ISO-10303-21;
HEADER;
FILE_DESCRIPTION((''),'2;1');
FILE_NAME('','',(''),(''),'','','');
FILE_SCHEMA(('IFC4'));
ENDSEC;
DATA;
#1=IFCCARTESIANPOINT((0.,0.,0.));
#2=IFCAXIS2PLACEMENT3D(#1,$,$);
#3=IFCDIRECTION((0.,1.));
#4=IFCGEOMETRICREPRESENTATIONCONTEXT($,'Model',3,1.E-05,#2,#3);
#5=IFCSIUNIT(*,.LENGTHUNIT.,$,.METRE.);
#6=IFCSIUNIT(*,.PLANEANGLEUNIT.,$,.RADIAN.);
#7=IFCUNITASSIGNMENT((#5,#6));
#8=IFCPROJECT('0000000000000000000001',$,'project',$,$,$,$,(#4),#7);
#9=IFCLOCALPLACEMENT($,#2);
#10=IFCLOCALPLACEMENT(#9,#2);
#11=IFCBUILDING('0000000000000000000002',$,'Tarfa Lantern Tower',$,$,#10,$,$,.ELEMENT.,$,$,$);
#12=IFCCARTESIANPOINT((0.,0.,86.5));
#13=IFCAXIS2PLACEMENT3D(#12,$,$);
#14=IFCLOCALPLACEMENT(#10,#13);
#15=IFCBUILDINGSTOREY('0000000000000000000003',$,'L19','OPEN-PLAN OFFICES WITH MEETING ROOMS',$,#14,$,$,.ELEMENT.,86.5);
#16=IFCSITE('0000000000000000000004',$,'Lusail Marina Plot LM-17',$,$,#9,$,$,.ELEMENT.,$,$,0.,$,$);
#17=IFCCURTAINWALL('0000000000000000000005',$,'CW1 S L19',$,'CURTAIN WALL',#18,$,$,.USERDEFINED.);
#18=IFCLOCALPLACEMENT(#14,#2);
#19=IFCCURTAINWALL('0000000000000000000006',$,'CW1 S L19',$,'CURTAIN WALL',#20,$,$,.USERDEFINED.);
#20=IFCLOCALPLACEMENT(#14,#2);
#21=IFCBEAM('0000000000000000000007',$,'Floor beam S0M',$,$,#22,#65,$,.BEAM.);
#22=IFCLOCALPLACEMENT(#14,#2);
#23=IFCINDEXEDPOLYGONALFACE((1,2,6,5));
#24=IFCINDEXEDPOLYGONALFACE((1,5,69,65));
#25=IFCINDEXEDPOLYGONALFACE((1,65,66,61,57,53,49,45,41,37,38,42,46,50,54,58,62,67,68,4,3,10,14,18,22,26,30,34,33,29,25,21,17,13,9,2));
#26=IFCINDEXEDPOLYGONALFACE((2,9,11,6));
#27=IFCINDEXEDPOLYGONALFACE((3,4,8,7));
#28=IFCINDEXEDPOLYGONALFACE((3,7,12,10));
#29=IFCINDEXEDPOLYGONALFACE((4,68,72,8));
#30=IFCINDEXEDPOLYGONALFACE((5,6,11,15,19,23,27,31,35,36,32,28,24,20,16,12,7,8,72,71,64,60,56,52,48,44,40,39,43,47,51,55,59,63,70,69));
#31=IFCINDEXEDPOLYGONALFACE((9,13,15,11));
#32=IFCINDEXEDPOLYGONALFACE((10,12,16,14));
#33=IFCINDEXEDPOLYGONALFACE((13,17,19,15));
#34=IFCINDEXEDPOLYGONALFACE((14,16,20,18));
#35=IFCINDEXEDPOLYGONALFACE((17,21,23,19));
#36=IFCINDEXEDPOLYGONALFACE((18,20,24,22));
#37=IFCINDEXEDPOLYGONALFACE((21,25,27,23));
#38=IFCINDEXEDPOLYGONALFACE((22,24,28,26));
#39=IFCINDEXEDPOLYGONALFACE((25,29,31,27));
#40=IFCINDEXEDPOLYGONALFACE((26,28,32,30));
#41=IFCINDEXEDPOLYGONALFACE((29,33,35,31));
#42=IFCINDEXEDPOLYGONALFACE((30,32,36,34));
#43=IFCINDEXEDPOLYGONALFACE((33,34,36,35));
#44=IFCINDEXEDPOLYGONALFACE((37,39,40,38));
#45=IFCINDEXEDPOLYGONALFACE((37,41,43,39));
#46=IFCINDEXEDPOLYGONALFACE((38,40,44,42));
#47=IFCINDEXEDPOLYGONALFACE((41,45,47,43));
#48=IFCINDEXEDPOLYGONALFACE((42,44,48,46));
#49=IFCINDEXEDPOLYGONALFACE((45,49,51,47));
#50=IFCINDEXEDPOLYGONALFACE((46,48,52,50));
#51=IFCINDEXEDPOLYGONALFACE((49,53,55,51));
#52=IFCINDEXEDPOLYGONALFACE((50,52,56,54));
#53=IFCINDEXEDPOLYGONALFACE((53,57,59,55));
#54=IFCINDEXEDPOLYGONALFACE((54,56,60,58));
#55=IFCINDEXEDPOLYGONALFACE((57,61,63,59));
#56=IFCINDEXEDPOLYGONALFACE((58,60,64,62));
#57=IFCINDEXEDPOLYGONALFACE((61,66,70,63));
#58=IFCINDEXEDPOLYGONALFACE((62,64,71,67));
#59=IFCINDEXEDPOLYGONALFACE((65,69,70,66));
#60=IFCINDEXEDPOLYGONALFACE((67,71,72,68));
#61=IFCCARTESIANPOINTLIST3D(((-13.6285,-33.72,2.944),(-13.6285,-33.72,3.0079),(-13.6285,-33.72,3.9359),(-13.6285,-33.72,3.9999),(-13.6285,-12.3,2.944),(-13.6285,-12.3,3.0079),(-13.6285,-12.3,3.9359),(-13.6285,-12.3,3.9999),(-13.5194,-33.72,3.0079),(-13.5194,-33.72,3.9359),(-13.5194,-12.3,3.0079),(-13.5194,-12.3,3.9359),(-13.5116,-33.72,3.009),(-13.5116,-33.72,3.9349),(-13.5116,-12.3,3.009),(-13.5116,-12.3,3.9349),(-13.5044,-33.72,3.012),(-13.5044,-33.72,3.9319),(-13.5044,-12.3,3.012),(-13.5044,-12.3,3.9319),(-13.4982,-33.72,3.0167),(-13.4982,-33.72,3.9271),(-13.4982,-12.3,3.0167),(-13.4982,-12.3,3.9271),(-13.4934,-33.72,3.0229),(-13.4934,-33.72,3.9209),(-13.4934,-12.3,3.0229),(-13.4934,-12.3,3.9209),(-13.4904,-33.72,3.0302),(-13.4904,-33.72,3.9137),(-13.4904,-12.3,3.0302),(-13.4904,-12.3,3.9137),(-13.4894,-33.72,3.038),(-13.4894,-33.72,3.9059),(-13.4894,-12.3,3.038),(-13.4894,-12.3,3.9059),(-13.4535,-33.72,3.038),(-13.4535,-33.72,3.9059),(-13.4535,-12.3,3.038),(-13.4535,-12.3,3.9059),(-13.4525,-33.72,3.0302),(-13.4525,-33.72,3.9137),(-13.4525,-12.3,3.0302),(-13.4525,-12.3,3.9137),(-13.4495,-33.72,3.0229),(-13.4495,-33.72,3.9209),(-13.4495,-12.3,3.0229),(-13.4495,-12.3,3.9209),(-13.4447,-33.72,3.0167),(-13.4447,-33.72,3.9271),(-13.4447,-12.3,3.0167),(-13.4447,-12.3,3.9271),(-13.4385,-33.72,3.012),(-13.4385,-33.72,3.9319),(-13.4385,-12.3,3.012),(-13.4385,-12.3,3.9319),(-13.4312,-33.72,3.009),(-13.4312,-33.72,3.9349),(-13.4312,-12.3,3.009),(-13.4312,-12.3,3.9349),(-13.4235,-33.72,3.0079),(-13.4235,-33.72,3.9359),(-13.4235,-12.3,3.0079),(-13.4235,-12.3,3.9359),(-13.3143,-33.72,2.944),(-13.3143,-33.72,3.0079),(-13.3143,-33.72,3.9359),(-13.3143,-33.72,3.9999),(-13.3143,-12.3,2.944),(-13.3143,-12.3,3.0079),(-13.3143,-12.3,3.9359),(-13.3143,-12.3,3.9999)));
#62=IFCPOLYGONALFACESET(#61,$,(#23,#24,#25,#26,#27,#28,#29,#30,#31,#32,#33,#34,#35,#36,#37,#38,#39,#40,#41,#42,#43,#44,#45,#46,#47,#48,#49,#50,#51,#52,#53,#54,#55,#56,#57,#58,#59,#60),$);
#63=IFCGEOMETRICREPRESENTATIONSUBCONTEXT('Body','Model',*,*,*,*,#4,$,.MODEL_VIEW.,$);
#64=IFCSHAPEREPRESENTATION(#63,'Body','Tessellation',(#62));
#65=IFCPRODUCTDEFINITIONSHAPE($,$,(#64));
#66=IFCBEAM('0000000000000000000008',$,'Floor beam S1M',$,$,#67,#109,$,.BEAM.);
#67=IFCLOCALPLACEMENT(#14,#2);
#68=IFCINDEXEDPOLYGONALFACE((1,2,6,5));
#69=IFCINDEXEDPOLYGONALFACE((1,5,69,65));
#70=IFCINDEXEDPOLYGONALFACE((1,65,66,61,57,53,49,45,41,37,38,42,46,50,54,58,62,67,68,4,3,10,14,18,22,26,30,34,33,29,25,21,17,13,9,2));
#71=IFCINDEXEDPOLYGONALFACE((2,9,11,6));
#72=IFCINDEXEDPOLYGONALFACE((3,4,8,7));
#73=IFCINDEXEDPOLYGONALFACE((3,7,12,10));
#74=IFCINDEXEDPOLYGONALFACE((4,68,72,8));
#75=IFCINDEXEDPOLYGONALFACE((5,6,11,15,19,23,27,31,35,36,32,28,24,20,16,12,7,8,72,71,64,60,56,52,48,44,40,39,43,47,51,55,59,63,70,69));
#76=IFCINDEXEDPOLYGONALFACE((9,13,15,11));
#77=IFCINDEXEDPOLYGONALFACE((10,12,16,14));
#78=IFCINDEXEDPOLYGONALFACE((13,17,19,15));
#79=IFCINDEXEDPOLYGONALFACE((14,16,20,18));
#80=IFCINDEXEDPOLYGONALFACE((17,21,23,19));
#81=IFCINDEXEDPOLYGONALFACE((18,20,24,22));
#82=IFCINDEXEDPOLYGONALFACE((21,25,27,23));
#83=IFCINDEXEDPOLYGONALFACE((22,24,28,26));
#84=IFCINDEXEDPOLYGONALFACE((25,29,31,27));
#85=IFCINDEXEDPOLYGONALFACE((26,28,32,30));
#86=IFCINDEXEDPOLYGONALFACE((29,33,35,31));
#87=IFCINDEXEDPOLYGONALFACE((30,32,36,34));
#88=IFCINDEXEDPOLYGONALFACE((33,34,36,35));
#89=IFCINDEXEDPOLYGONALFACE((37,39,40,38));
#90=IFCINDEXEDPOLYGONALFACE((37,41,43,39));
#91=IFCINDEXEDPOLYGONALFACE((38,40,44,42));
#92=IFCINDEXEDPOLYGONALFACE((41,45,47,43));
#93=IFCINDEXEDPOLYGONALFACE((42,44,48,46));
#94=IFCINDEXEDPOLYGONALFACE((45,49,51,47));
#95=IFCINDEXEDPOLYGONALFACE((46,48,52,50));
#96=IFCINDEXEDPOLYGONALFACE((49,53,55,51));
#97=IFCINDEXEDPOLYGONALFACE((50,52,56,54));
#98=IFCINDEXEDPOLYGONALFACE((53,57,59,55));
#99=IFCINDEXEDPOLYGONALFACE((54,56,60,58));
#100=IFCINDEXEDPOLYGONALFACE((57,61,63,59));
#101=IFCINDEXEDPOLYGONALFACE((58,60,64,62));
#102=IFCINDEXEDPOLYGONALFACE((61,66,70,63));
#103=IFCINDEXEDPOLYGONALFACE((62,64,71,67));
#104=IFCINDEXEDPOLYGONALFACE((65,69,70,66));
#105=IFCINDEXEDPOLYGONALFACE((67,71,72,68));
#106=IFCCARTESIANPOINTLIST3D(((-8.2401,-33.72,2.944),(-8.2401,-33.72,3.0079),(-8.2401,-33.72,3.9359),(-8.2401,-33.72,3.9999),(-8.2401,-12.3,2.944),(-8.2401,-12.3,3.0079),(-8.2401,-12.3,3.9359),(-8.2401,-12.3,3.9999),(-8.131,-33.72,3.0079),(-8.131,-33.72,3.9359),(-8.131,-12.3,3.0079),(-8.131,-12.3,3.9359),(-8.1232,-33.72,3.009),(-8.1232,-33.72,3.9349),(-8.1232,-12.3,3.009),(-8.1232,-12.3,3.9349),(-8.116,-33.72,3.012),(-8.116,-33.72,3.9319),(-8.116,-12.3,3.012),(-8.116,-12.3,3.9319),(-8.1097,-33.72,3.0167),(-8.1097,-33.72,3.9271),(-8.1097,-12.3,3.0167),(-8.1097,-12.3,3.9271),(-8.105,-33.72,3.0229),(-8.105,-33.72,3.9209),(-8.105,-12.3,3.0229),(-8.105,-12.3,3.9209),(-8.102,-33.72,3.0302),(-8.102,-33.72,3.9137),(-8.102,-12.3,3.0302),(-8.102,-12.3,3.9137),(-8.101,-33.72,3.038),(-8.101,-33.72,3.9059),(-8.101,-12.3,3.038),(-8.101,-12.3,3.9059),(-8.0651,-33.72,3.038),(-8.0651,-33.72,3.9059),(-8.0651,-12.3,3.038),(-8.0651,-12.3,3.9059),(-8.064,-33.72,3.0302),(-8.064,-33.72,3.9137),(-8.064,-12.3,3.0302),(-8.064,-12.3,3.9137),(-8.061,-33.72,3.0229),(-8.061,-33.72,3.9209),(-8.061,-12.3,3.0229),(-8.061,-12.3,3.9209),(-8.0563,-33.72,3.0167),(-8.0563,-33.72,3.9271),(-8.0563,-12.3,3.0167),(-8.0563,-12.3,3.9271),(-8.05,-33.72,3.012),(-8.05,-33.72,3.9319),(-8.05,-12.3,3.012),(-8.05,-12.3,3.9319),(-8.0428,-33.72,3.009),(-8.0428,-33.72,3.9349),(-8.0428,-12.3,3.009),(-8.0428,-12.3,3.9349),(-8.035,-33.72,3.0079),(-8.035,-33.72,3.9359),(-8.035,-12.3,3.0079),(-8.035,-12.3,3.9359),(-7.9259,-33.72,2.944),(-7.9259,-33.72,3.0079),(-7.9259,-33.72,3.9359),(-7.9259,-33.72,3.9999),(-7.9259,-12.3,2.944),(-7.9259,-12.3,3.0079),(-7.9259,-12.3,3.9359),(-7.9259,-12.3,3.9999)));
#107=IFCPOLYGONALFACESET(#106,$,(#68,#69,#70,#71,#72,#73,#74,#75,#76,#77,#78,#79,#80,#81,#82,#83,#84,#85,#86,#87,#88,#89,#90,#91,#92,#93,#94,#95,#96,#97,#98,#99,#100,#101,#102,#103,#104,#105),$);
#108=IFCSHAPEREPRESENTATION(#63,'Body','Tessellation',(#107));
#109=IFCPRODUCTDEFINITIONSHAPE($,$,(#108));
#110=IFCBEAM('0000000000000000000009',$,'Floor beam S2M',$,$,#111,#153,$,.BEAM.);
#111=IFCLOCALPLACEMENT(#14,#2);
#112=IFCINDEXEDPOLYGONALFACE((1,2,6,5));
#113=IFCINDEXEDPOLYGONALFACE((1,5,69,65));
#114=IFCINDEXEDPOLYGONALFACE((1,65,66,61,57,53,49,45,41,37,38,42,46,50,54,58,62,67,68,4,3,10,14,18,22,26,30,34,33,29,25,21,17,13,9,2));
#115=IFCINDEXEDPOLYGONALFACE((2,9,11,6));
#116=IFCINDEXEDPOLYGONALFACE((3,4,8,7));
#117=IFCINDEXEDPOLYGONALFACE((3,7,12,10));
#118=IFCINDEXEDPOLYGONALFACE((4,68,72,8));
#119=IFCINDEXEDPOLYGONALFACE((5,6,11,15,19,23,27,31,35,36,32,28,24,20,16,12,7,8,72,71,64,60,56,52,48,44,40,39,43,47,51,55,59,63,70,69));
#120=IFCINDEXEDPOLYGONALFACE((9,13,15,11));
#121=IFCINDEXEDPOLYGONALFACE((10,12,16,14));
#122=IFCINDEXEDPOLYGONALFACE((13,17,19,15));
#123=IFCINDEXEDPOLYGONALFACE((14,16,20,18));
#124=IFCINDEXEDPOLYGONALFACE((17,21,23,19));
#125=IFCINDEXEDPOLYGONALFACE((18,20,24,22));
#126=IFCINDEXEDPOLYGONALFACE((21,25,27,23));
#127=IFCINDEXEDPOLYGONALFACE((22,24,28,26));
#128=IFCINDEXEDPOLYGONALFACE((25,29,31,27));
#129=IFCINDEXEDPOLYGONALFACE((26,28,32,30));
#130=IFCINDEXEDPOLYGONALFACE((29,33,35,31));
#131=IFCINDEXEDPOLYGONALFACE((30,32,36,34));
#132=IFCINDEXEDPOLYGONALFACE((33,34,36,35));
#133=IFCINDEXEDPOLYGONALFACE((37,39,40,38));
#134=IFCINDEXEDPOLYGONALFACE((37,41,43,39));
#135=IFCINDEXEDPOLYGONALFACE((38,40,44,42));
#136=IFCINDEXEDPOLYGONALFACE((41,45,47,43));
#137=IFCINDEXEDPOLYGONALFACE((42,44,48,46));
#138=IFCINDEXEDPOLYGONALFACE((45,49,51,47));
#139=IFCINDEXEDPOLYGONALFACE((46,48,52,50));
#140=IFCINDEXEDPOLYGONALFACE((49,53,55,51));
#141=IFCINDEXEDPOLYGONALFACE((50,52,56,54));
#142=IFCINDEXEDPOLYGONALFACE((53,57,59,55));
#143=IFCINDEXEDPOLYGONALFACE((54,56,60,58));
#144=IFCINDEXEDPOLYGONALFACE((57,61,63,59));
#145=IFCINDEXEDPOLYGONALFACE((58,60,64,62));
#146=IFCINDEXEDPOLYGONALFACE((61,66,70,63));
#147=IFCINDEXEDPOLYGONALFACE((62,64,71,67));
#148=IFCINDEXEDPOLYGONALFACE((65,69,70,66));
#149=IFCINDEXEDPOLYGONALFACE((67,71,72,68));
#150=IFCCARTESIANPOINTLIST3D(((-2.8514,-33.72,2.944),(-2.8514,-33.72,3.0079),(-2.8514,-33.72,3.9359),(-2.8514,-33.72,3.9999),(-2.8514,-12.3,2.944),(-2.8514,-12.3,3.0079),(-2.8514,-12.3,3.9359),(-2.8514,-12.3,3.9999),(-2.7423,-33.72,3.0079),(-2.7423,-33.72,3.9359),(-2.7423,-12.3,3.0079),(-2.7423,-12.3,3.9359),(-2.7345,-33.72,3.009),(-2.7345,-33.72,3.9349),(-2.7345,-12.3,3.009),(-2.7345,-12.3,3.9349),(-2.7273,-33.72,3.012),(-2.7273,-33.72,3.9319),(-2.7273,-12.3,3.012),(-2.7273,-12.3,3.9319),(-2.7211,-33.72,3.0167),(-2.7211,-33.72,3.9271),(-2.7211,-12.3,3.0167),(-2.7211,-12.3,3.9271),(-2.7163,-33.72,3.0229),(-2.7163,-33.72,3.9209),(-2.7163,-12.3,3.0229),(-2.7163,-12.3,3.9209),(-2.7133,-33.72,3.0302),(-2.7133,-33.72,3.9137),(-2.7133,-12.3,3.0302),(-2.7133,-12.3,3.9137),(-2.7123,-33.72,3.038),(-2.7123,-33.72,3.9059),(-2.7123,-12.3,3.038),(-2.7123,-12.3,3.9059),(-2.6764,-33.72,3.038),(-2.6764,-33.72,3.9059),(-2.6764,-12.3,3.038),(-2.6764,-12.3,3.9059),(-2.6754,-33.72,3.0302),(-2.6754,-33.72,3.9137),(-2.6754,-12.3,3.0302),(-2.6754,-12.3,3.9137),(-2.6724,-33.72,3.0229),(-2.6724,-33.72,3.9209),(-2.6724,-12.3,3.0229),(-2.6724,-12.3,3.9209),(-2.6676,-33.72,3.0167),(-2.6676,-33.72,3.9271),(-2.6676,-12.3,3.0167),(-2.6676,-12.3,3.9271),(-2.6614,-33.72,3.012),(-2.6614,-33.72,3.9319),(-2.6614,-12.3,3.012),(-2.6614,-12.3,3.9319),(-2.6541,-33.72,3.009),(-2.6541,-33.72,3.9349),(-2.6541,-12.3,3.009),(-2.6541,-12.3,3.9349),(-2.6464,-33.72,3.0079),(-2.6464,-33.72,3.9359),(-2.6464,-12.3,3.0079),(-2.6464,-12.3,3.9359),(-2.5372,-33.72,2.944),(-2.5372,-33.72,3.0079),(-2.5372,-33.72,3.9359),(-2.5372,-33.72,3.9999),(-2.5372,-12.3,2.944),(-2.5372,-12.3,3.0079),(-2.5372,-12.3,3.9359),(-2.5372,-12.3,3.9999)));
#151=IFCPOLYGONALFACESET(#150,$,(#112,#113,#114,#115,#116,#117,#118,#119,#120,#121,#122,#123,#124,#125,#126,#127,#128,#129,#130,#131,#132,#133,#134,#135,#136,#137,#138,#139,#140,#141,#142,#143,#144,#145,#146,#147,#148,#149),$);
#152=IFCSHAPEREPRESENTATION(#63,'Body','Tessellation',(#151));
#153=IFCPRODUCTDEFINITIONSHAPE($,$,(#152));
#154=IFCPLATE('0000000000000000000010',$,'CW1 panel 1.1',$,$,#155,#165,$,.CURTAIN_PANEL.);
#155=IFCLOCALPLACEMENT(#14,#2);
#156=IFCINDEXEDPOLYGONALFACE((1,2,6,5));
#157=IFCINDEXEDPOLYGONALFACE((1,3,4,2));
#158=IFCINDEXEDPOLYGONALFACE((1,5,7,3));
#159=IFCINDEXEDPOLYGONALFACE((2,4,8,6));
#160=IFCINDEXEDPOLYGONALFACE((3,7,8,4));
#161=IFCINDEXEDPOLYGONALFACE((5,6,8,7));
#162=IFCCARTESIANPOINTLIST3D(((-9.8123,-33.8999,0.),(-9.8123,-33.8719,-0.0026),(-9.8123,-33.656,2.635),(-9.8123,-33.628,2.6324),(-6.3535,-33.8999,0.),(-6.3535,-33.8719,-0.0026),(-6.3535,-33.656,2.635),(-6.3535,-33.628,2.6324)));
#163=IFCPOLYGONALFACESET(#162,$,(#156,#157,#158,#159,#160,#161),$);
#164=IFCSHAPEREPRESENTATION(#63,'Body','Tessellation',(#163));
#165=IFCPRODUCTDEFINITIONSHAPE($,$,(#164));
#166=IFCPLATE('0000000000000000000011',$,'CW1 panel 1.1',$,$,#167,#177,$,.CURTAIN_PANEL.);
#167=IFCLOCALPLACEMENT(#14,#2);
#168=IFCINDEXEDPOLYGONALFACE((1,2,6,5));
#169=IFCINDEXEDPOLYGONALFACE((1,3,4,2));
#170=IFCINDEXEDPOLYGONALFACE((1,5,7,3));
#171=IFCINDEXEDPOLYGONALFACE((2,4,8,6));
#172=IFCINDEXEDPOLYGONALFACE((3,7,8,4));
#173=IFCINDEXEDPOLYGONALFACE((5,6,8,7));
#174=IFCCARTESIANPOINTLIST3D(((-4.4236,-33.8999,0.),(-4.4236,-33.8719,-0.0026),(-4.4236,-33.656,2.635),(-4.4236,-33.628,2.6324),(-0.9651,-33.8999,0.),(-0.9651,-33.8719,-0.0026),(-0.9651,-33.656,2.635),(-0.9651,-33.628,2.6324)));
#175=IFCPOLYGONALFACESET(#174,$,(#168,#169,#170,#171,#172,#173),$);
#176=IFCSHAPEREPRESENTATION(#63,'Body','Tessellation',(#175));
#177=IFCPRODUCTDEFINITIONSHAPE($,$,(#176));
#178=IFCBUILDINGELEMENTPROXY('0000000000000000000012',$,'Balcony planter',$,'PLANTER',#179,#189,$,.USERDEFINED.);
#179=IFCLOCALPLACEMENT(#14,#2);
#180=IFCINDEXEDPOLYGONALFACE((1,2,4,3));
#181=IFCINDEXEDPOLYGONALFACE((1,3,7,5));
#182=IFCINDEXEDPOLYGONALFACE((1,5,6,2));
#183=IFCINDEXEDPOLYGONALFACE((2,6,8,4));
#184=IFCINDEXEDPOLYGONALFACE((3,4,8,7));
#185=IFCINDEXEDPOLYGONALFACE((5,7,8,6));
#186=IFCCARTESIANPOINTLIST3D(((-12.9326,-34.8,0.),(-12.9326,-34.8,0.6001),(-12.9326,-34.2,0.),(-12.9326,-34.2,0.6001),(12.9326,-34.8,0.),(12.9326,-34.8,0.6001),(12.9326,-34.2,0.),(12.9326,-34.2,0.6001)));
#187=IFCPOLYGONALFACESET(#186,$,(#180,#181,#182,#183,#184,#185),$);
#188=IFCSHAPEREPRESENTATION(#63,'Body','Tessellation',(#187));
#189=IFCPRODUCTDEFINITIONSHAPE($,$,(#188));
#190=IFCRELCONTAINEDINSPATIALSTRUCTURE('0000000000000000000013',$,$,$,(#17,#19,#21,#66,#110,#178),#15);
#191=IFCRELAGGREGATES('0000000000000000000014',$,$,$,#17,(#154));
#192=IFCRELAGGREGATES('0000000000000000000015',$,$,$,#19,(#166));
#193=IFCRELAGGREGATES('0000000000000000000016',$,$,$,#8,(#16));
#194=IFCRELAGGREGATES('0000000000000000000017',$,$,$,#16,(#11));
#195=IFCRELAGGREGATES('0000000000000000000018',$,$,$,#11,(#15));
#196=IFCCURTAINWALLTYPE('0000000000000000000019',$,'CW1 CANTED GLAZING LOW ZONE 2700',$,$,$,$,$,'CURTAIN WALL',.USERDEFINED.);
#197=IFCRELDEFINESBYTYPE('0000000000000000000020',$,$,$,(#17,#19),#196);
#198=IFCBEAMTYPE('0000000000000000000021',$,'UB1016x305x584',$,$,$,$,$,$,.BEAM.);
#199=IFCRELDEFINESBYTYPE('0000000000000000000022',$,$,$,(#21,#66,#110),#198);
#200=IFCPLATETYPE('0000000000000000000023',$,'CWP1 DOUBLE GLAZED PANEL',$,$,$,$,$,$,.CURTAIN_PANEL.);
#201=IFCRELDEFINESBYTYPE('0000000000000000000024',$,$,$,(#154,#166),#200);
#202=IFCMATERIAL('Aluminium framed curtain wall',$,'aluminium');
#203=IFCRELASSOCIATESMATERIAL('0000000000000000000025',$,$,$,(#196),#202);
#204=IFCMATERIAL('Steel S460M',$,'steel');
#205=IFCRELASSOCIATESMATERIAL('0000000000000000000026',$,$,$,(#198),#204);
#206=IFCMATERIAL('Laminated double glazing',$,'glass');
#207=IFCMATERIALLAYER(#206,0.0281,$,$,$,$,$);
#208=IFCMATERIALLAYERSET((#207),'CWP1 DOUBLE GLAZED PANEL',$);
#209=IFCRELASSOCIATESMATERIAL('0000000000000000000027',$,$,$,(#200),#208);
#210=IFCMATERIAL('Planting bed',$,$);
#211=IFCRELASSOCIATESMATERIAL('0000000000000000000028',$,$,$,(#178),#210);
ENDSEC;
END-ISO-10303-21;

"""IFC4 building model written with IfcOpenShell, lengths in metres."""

from ifc_helpers import new_model, si_unit, direction, frame, origin, origin_2d, place, context, subcontext, project, spatial, polyline, rectangle, i_section, outline, extrude, material, layer, layer_set, material_profile, profile_set, type_object, element, aggregate, save


model = new_model("IFC4")

# Units and contexts
model_context = context("Model", 3, precision=1e-05, world=origin(), true_north=direction((0.0, 1.0)))
body_context = subcontext(model_context, "Body", "Model", "MODEL_VIEW")
ifc_project = project(units=[si_unit("LENGTHUNIT", "METRE"), si_unit("PLANEANGLEUNIT", "RADIAN")], contexts=[model_context])

# Site, building, storey
site_placement = place(None, origin())
site = spatial("IfcSite", under=ifc_project, at=site_placement, Name="Lusail Marina Plot LM-17", CompositionType="ELEMENT", RefElevation=0.0)
building_placement = place(site_placement, origin())
building = spatial("IfcBuilding", under=site, at=building_placement, Name="Tarfa Lantern Tower", CompositionType="ELEMENT")
storey_placement = place(building_placement, frame((0.0, 0.0, 86.5)))
storey = spatial("IfcBuildingStorey", under=building, at=storey_placement, Name="L19", Description="OPEN-PLAN OFFICES WITH MEETING ROOMS", CompositionType="ELEMENT", Elevation=86.5)

# Shared definitions
ifc_material_1 = material(Name="Aluminium framed curtain wall", Category="aluminium")
curtain_wall_type = type_object("IfcCurtainWallType", Name="CW1 CANTED GLAZING LOW ZONE 2700", ElementType="CURTAIN WALL", PredefinedType="USERDEFINED", material=ifc_material_1)

# Curtain walls
curtain_wall_1_placement = place(storey_placement, origin())
curtain_wall_1 = element("IfcCurtainWall", 1, at=curtain_wall_1_placement, inside=storey, type_object=curtain_wall_type, Name="CW1 S L19", ObjectType="CURTAIN WALL", PredefinedType="USERDEFINED")
curtain_wall_2_placement = place(storey_placement, origin())
curtain_wall_2 = element("IfcCurtainWall", 2, at=curtain_wall_2_placement, inside=storey, type_object=curtain_wall_type, Name="CW1 S L19", ObjectType="CURTAIN WALL", PredefinedType="USERDEFINED")

# Beams
ifc_material_2 = material(Name="Steel S460M", Category="steel")
ifc_material_profile_1 = material_profile(ifc_material_2, i_section(OverallWidth=0.3142, OverallDepth=1.0559, WebThickness=0.0359, FlangeThickness=0.064, FilletRadius=0.03, at=origin_2d()), Name="UB1016x305x584")
ifc_profile_set_1 = profile_set([ifc_material_profile_1], Name="Steel S460M")
beam_type_1 = type_object("IfcBeamType", Name="UB1016x305x584", PredefinedType="BEAM", material=ifc_profile_set_1)
for number, where, z_axis, x_axis, name in (
    (3, (-13.4714, -33.72, 3.4719), (0.0, 1.0, 0.0), (-1.0, 0.0, 0.0), "Floor beam S0M"),
    (4, (-8.083, -33.72, 3.4719), (0.0, 1.0, 0.0), (-1.0, 0.0, 0.0), "Floor beam S1M"),
    (5, (-2.6943, -33.72, 3.4719), (0.0, 1.0, 0.0), (-1.0, 0.0, 0.0), "Floor beam S2M"),
):
    element("IfcBeam", number, at=place(storey_placement, frame(where, z_axis=z_axis, x_axis=x_axis)), inside=storey, type_object=beam_type_1, Name=name, PredefinedType="BEAM", context=body_context, shape_type="SweptSolid", body=[
        extrude(i_section(OverallWidth=0.3142, OverallDepth=1.0559, WebThickness=0.0359, FlangeThickness=0.064, FilletRadius=0.03, at=origin_2d()), origin(), (0.0, 0.0, 1.0), 21.4199),
    ])

# Plates
ifc_material_3 = material(Name="Laminated double glazing", Category="glass")
ifc_layer = layer(ifc_material_3, 0.0281)
ifc_layer_set = layer_set([ifc_layer], Name="CWP1 DOUBLE GLAZED PANEL")
plate_type = type_object("IfcPlateType", Name="CWP1 DOUBLE GLAZED PANEL", PredefinedType="CURTAIN_PANEL", material=ifc_layer_set)
plate_1_placement = place(storey_placement, frame((-9.8123, -33.8999, 0.0), z_axis=(0.0, -0.995744, 0.092166), x_axis=(1.0, 0.0, 0.0)))
plate_1 = element("IfcPlate", 6, at=plate_1_placement, type_object=plate_type, Name="CW1 panel 1.1", PredefinedType="CURTAIN_PANEL", context=body_context, shape_type="SweptSolid", body=[
    extrude(outline(polyline([(0.0, 0.0), (3.4587, 0.0), (3.4587, 2.6463), (0.0, 2.6463), (0.0, 0.0)])), origin(), (0.0, 0.0, -1.0), 0.0281),
])
aggregate(curtain_wall_1, [plate_1])
plate_2_placement = place(storey_placement, frame((-4.4236, -33.8999, 0.0), z_axis=(0.0, -0.995744, 0.092166), x_axis=(1.0, 0.0, 0.0)))
plate_2 = element("IfcPlate", 7, at=plate_2_placement, type_object=plate_type, Name="CW1 panel 1.1", PredefinedType="CURTAIN_PANEL", context=body_context, shape_type="SweptSolid", body=[
    extrude(outline(polyline([(0.0, 0.0), (3.4585, 0.0), (3.4585, 2.6463), (0.0, 2.6463), (0.0, 0.0)])), origin(), (0.0, 0.0, -1.0), 0.0281),
])
aggregate(curtain_wall_2, [plate_2])

# Building element proxy
ifc_material_4 = material(Name="Planting bed")
proxy_placement = place(storey_placement, frame((0.0, -34.5, 0.0), z_axis=(0.0, 0.0, 1.0), x_axis=(1.0, 0.0, 0.0)))
element("IfcBuildingElementProxy", 8, at=proxy_placement, inside=storey, material=ifc_material_4, Name="Balcony planter", ObjectType="PLANTER", PredefinedType="USERDEFINED", context=body_context, shape_type="SweptSolid", body=[
    extrude(rectangle(XDim=25.8652, YDim=0.6001, at=origin_2d()), origin(), (0.0, 0.0, 1.0), 0.6001),
])

save(model, "model.ifc")
